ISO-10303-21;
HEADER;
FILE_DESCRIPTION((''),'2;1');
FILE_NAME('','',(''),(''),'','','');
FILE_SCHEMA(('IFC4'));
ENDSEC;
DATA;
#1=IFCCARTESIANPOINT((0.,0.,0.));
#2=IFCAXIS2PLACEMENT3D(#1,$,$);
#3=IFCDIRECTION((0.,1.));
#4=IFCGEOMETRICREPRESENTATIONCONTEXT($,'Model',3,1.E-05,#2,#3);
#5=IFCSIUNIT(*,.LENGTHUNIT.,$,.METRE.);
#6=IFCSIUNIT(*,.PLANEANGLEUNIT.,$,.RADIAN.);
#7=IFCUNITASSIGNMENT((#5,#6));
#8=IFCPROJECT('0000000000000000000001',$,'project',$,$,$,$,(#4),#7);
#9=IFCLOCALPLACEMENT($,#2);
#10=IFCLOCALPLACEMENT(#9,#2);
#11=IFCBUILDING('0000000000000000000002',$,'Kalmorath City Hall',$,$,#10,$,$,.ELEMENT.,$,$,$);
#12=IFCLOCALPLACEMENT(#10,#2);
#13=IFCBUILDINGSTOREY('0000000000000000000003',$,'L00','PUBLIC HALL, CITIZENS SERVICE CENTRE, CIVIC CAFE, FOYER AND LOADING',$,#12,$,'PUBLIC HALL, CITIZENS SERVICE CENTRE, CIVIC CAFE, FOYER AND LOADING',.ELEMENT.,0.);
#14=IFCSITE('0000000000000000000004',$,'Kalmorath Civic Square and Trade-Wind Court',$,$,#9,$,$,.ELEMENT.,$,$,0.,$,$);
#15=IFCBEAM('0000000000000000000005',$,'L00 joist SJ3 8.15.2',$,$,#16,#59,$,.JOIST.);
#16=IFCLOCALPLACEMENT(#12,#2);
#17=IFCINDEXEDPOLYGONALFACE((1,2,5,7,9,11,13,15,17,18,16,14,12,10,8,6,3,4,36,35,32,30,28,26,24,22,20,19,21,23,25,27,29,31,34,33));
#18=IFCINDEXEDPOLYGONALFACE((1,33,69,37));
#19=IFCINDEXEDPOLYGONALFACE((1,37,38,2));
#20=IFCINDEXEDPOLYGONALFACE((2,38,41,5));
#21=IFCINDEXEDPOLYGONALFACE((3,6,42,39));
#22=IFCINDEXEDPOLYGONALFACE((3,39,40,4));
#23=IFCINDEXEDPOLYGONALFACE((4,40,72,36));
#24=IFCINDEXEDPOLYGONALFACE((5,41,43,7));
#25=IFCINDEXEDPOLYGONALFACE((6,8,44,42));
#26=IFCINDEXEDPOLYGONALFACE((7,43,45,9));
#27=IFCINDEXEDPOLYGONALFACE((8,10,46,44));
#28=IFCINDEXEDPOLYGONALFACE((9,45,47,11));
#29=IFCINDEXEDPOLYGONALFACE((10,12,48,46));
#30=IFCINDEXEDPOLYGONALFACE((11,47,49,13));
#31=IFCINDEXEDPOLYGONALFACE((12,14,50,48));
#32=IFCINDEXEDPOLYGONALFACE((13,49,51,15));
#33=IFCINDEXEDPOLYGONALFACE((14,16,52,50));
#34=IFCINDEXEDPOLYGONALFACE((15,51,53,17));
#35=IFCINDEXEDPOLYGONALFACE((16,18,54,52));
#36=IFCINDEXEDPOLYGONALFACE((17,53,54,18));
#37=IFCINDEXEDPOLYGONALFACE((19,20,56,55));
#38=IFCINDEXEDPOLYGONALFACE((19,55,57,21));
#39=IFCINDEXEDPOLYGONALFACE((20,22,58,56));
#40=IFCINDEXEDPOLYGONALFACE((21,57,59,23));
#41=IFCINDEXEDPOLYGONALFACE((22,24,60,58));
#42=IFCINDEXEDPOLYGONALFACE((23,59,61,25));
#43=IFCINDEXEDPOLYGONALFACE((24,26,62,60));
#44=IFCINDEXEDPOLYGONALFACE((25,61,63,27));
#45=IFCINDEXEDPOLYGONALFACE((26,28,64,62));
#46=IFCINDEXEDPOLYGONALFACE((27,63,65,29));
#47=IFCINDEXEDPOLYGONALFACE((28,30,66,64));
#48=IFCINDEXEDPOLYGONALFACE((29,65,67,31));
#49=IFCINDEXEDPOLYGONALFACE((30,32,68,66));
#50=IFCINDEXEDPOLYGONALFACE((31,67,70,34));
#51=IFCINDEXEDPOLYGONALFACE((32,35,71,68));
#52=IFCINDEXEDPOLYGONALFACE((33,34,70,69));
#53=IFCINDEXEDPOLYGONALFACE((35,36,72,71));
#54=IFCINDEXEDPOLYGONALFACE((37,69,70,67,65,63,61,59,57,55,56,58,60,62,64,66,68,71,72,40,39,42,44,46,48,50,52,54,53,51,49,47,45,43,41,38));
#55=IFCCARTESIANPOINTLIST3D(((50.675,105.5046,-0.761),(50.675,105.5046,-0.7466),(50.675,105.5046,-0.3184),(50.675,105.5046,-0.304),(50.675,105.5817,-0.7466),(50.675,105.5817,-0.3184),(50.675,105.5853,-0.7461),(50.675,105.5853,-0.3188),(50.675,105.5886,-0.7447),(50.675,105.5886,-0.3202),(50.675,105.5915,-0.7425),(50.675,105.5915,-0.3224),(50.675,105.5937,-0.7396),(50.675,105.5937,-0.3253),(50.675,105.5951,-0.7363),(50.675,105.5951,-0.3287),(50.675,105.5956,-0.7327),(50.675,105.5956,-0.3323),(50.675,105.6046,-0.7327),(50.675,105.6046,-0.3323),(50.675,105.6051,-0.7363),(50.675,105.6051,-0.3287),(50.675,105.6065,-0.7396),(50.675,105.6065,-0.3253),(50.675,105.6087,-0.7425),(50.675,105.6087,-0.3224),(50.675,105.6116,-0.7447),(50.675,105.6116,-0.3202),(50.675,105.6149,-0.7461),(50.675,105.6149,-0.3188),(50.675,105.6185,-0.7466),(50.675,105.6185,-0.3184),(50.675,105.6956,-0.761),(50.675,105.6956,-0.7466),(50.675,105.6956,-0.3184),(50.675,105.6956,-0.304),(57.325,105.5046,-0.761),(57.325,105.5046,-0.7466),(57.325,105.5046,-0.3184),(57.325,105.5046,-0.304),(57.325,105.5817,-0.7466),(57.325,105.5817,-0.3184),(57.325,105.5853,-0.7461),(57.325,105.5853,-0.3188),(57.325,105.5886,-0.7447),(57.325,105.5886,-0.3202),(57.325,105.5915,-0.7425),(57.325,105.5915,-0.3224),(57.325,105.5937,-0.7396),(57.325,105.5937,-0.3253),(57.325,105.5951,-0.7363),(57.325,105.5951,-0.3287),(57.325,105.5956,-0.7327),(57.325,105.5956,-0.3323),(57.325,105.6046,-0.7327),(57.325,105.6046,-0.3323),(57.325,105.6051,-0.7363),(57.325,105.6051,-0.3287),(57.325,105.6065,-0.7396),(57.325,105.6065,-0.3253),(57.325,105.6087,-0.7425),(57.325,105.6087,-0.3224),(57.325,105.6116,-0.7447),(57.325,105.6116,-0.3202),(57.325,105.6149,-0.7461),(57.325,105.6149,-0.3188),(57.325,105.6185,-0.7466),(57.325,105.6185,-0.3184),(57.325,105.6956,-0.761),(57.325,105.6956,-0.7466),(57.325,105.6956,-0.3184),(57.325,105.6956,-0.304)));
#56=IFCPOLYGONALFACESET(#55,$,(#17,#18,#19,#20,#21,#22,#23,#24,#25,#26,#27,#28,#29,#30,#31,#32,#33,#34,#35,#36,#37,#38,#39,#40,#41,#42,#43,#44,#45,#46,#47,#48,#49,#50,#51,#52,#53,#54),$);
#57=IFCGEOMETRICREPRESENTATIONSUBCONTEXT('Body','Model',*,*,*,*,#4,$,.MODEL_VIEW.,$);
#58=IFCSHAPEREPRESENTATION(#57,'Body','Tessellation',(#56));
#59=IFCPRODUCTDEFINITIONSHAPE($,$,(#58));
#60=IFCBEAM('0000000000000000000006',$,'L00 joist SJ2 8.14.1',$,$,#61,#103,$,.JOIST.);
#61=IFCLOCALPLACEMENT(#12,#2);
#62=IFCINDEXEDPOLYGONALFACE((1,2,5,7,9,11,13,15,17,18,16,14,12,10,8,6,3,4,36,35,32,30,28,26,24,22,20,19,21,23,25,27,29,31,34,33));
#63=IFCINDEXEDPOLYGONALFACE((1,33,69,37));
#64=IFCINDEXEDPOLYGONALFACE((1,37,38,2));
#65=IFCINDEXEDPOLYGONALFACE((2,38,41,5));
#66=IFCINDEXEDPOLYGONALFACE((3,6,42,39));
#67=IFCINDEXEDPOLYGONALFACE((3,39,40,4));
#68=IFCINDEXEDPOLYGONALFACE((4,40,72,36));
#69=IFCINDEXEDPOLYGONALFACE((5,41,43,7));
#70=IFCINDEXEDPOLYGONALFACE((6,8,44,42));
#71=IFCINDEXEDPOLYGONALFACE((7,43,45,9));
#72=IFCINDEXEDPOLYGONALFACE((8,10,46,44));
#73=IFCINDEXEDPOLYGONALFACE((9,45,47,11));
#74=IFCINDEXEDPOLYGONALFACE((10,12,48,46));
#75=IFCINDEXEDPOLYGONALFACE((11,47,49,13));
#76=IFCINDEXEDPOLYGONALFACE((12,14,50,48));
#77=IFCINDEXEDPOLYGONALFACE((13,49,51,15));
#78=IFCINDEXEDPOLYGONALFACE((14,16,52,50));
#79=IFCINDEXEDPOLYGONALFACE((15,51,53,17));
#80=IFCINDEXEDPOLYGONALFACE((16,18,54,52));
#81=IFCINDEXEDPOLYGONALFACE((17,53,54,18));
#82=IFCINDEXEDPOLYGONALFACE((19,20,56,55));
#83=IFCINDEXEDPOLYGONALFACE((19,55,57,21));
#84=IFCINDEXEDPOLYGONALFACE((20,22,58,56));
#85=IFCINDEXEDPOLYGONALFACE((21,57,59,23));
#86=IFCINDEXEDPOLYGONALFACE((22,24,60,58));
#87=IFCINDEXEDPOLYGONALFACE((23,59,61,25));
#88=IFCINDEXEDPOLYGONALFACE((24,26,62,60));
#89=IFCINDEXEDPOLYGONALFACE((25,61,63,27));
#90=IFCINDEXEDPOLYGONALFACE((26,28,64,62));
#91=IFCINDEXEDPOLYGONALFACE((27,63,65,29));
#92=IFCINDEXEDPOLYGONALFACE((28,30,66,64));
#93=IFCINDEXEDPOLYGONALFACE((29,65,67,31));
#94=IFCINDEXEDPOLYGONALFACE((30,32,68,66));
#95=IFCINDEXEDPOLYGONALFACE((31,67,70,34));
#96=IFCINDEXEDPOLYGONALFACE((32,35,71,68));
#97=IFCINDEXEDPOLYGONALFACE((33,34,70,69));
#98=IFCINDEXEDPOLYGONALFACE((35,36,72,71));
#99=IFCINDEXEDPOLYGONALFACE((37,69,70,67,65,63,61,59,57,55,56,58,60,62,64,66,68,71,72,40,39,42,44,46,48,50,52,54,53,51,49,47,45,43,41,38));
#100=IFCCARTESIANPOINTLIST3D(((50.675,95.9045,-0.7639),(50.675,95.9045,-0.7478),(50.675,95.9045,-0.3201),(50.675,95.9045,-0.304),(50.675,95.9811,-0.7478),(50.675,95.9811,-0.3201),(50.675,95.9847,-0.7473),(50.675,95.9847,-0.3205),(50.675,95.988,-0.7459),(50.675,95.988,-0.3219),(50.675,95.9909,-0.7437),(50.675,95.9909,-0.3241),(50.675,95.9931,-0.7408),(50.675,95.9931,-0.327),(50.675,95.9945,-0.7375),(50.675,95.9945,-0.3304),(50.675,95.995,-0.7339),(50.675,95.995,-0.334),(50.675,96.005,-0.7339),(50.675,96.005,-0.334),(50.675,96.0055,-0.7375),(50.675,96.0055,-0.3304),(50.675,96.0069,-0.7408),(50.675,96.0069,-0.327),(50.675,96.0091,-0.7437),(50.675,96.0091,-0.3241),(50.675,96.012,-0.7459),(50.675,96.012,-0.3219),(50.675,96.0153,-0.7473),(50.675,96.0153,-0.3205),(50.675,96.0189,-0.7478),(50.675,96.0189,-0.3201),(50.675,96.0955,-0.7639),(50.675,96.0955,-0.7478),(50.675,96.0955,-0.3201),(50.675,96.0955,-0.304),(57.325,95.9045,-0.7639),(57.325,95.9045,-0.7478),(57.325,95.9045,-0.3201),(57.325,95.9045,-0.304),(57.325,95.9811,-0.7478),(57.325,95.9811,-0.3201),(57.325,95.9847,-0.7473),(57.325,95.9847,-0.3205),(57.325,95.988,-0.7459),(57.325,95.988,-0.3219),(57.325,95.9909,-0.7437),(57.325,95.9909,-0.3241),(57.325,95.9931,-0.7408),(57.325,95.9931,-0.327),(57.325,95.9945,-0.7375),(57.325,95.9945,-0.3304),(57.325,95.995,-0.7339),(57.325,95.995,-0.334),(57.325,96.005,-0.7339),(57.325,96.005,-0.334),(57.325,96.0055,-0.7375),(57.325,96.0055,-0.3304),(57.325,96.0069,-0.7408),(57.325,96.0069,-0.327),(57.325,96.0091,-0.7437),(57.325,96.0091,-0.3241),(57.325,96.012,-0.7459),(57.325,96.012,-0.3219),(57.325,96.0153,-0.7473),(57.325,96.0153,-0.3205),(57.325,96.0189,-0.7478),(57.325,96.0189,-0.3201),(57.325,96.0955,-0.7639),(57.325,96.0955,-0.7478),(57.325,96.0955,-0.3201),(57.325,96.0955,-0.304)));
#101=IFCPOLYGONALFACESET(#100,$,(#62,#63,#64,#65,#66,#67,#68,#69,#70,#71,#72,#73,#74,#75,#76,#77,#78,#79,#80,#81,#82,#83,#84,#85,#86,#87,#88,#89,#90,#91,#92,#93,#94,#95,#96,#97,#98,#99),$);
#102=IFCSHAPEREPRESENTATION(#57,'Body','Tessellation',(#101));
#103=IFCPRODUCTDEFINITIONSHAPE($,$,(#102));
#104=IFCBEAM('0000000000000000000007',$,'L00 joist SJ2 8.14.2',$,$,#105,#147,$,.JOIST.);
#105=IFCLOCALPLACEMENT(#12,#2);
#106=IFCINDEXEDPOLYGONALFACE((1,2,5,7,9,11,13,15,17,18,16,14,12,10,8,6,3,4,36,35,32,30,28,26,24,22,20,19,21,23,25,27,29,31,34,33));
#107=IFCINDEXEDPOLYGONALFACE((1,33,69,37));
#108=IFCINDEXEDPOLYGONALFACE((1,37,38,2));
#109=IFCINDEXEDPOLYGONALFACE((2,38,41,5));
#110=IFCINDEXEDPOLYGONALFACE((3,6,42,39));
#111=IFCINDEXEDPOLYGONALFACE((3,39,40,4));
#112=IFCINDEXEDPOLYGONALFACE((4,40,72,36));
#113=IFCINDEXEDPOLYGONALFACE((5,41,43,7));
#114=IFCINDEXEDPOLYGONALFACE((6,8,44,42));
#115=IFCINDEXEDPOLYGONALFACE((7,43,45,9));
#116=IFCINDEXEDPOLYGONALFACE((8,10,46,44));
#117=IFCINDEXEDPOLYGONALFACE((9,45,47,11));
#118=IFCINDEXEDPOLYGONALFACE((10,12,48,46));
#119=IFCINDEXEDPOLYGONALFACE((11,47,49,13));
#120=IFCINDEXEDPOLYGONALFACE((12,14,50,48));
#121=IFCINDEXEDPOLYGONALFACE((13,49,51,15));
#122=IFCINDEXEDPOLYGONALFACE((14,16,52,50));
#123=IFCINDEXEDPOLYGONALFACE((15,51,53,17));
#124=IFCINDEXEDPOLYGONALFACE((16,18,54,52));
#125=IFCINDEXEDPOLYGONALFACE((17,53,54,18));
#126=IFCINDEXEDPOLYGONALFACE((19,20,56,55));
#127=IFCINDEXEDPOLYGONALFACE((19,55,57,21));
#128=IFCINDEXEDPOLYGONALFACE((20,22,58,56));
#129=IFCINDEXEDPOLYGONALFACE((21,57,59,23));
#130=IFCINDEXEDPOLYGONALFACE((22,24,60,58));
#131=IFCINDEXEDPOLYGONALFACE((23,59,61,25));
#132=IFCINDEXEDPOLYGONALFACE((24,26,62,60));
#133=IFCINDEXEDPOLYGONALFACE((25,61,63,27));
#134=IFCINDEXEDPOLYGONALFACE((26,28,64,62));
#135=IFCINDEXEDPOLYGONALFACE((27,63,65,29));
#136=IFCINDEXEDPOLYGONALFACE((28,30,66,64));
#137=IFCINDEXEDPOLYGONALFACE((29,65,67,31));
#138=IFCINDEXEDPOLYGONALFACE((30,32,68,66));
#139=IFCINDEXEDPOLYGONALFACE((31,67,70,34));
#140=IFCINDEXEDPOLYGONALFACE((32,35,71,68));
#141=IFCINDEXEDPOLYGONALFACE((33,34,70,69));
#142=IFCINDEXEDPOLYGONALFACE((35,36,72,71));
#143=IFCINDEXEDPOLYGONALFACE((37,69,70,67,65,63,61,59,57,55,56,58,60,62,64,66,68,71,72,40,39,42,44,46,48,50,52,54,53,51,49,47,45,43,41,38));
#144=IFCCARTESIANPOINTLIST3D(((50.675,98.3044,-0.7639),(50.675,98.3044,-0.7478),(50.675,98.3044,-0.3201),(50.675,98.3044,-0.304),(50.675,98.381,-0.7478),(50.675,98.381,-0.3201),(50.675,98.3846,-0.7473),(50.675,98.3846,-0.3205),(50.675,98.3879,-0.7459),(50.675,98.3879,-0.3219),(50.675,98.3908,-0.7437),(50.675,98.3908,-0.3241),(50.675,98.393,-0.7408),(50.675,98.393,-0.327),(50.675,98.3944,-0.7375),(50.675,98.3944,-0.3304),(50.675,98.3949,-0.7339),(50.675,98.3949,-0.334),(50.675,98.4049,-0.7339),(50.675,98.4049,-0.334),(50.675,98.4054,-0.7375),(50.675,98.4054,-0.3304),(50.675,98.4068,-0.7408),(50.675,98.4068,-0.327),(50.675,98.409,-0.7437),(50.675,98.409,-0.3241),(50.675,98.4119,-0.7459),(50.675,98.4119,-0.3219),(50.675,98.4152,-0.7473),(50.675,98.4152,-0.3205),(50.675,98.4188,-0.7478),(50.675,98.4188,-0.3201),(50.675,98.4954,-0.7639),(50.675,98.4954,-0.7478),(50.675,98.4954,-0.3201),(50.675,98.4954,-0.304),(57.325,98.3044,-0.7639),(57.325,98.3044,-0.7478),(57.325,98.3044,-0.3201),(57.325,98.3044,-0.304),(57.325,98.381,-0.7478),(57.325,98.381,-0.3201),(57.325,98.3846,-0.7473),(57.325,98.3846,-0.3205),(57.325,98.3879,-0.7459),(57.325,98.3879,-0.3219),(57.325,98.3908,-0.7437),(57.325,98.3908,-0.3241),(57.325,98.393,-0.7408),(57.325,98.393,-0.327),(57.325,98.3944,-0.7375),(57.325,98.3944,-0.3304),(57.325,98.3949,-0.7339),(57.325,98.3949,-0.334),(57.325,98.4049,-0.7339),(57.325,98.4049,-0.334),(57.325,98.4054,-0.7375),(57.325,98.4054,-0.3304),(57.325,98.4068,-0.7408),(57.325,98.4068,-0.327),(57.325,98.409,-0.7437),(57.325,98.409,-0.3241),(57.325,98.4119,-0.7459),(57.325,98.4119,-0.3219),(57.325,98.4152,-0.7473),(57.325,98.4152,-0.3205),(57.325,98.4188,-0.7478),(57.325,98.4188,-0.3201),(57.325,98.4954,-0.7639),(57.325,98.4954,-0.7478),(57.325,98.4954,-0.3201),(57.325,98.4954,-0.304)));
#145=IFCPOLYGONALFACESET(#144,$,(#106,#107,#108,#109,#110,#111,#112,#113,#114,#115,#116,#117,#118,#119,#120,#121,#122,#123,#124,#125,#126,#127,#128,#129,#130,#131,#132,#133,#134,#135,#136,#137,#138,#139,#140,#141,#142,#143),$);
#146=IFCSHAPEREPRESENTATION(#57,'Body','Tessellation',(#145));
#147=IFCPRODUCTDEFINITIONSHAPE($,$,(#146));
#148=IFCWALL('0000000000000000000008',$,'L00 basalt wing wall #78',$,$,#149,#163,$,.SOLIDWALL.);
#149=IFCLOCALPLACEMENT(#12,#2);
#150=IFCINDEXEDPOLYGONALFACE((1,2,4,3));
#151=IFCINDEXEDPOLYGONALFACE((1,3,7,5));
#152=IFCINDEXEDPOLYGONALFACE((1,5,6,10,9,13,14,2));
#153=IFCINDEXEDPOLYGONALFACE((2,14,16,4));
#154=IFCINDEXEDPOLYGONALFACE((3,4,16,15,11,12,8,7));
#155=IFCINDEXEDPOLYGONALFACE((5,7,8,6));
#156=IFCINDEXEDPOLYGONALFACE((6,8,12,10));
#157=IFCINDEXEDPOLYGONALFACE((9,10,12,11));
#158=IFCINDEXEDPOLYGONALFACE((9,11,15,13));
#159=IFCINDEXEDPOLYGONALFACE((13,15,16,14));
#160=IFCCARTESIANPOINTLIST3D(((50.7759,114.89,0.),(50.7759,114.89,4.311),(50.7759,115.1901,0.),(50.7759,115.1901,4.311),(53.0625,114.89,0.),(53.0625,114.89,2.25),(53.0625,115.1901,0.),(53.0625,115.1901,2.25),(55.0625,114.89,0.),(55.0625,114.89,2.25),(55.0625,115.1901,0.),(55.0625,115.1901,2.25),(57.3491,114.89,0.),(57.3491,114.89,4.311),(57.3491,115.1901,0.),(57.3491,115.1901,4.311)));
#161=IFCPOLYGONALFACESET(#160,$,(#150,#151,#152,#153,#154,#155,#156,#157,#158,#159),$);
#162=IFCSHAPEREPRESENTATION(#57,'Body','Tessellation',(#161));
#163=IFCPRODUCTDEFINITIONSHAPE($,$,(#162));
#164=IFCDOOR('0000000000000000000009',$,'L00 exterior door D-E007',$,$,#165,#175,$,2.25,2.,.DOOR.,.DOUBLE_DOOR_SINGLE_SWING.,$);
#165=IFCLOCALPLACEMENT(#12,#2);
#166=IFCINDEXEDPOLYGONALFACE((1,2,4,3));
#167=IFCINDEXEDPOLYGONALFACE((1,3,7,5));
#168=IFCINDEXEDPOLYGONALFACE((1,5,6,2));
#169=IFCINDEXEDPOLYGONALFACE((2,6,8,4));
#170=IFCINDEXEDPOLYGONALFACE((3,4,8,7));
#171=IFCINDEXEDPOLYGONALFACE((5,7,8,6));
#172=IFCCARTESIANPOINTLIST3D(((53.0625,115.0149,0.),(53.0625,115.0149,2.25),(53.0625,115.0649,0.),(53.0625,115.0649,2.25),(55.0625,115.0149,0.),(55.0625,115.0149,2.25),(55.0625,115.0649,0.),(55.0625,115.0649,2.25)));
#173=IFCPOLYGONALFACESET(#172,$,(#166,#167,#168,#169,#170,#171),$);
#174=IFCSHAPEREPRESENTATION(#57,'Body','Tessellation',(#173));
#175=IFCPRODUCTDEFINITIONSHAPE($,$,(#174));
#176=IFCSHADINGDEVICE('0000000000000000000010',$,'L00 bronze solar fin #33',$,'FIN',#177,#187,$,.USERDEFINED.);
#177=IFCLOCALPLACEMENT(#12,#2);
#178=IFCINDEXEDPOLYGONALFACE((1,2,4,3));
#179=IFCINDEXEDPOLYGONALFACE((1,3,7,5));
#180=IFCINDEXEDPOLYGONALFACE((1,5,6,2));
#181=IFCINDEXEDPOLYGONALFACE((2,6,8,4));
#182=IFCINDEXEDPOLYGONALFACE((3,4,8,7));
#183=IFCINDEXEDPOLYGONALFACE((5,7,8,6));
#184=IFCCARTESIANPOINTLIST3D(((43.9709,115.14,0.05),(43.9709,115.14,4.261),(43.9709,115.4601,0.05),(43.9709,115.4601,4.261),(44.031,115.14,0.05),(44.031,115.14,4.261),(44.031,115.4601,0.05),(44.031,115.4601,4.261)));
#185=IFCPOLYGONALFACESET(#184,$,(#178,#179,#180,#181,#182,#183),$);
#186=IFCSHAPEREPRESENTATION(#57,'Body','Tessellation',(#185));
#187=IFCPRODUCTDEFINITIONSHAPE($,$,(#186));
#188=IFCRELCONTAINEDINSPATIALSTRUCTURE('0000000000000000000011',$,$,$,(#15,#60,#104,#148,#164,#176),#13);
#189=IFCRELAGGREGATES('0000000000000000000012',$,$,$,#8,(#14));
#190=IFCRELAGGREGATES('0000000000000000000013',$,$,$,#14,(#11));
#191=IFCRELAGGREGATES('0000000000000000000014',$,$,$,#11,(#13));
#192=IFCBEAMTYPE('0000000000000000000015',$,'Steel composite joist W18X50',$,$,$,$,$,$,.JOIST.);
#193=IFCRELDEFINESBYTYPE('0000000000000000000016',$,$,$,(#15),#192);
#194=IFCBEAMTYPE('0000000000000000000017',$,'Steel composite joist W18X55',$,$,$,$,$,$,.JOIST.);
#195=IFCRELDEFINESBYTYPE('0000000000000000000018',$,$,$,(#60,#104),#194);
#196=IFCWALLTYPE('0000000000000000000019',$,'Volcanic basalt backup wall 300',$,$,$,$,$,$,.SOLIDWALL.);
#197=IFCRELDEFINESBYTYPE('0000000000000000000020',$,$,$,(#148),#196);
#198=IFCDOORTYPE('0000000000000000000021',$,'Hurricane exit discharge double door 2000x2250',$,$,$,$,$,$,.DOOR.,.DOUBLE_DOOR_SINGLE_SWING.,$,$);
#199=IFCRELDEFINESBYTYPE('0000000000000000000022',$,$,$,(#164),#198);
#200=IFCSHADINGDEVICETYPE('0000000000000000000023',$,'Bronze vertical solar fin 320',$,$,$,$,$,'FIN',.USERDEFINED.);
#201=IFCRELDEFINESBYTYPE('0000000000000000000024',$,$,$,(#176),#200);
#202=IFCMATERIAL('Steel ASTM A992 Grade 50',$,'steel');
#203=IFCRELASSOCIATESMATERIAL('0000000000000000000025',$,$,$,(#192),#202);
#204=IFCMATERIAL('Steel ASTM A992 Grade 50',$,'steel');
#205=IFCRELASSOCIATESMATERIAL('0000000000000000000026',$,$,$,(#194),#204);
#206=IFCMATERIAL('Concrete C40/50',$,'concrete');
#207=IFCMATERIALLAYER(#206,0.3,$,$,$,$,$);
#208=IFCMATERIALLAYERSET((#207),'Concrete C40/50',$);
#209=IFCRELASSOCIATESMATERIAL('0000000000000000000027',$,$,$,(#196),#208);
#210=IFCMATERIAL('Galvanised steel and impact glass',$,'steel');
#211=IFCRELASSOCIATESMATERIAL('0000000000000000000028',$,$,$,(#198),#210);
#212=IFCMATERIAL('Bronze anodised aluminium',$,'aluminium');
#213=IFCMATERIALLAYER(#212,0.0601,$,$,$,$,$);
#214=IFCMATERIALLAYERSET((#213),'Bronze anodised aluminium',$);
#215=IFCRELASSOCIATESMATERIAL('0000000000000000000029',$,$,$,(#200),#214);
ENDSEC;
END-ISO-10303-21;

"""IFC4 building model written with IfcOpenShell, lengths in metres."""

from ifc_helpers import new_model, si_unit, direction, frame, frame_2d, origin, origin_2d, place, context, subcontext, project, spatial, rectangle, i_section, extrude, material, layer, layer_set, material_profile, profile_set, type_object, element, fill, save


model = new_model("IFC4")

# Units and contexts
model_context = context("Model", 3, precision=1e-05, world=origin(), true_north=direction((0.0, 1.0)))
body_context = subcontext(model_context, "Body", "Model", "MODEL_VIEW")
ifc_project = project(units=[si_unit("LENGTHUNIT", "METRE"), si_unit("PLANEANGLEUNIT", "RADIAN")], contexts=[model_context])

# Site, building, storey
site_placement = place(None, origin())
site = spatial("IfcSite", under=ifc_project, at=site_placement, Name="Kalmorath Civic Square and Trade-Wind Court", CompositionType="ELEMENT", RefElevation=0.0)
building_placement = place(site_placement, origin())
building = spatial("IfcBuilding", under=site, at=building_placement, Name="Kalmorath City Hall", CompositionType="ELEMENT")
storey_placement = place(building_placement, origin())
storey = spatial("IfcBuildingStorey", under=building, at=storey_placement, Name="L00", Description="PUBLIC HALL, CITIZENS SERVICE CENTRE, CIVIC CAFE, FOYER AND LOADING", LongName="PUBLIC HALL, CITIZENS SERVICE CENTRE, CIVIC CAFE, FOYER AND LOADING", CompositionType="ELEMENT", Elevation=0.0)

# Beams
ifc_material_1 = material(Name="Steel ASTM A992 Grade 50", Category="steel")
ifc_material_profile_1 = material_profile(ifc_material_1, i_section(OverallWidth=0.1909, OverallDepth=0.457, WebThickness=0.009, FlangeThickness=0.0144, FilletRadius=0.0139, at=origin_2d()), Name="W18X50")
ifc_profile_set_1 = profile_set([ifc_material_profile_1], Name="Steel ASTM A992 Grade 50")
beam_type_1 = type_object("IfcBeamType", Name="Steel composite joist W18X50", PredefinedType="JOIST", material=ifc_profile_set_1)
for number, where, z_axis, x_axis, name in (
    (1, (50.675, 105.6001, -0.5325), (1.0, 0.0, 0.0), (0.0, 1.0, 0.0), "L00 joist SJ3 8.15.2"),
):
    element("IfcBeam", number, at=place(storey_placement, frame(where, z_axis=z_axis, x_axis=x_axis)), inside=storey, type_object=beam_type_1, Name=name, PredefinedType="JOIST", context=body_context, shape_type="SweptSolid", body=[
        extrude(i_section(OverallWidth=0.1909, OverallDepth=0.457, WebThickness=0.009, FlangeThickness=0.0144, FilletRadius=0.0139, at=origin_2d()), origin(), (0.0, 0.0, 1.0), 6.6499),
    ])
ifc_material_2 = material(Name="Steel ASTM A992 Grade 50", Category="steel")
ifc_material_profile_2 = material_profile(ifc_material_2, i_section(OverallWidth=0.1909, OverallDepth=0.46, WebThickness=0.01, FlangeThickness=0.0161, FilletRadius=0.0139, at=origin_2d()), Name="W18X55")
ifc_profile_set_2 = profile_set([ifc_material_profile_2], Name="Steel ASTM A992 Grade 50")
beam_type_2 = type_object("IfcBeamType", Name="Steel composite joist W18X55", PredefinedType="JOIST", material=ifc_profile_set_2)
for number, where, z_axis, x_axis, name in (
    (2, (50.675, 96.0, -0.5339), (1.0, 0.0, 0.0), (0.0, 1.0, 0.0), "L00 joist SJ2 8.14.1"),
    (3, (50.675, 98.3999, -0.5339), (1.0, 0.0, 0.0), (0.0, 1.0, 0.0), "L00 joist SJ2 8.14.2"),
):
    element("IfcBeam", number, at=place(storey_placement, frame(where, z_axis=z_axis, x_axis=x_axis)), inside=storey, type_object=beam_type_2, Name=name, PredefinedType="JOIST", context=body_context, shape_type="SweptSolid", body=[
        extrude(i_section(OverallWidth=0.1909, OverallDepth=0.46, WebThickness=0.01, FlangeThickness=0.0161, FilletRadius=0.0139, at=origin_2d()), origin(), (0.0, 0.0, 1.0), 6.6499),
    ])

# Wall, opening, door
ifc_material_3 = material(Name="Concrete C40/50", Category="concrete")
ifc_layer_1 = layer(ifc_material_3, 0.3)
ifc_layer_set_1 = layer_set([ifc_layer_1], Name="Concrete C40/50")
wall_type = type_object("IfcWallType", Name="Volcanic basalt backup wall 300", PredefinedType="SOLIDWALL", material=ifc_layer_set_1)
wall_placement = place(storey_placement, frame((50.7759, 115.04, 0.0), z_axis=(0.0, 0.0, 1.0), x_axis=(1.0, 0.0, 0.0)))
wall = element("IfcWall", 4, at=wall_placement, inside=storey, type_object=wall_type, Name="L00 basalt wing wall #78", PredefinedType="SOLIDWALL", context=body_context, shape_type="SweptSolid", body=[
    extrude(rectangle(XDim=6.5732, YDim=0.3, at=frame_2d((3.2866, 0.0))), origin(), (0.0, 0.0, 1.0), 4.311),
])
opening_placement = place(wall_placement, frame((2.2866, 0.0, 0.0)))
opening = element("IfcOpeningElement", 5, at=opening_placement, cuts=wall, PredefinedType="OPENING", context=body_context, shape_type="SweptSolid", body=[
    extrude(rectangle(XDim=2.0, YDim=2.25, at=frame_2d((1.0, 1.125))), frame((0.0, 0.1599, 0.0), z_axis=(0.0, -1.0, 0.0), x_axis=(1.0, 0.0, 0.0)), (0.0, 0.0, 1.0), 0.3201),
])
ifc_material_4 = material(Name="Galvanised steel and impact glass", Category="steel")
door_type = type_object("IfcDoorType", Name="Hurricane exit discharge double door 2000x2250", OperationType="DOUBLE_DOOR_SINGLE_SWING", PredefinedType="DOOR", material=ifc_material_4)
door_placement = place(opening_placement, origin())
door = element("IfcDoor", 6, at=door_placement, inside=storey, type_object=door_type, Name="L00 exterior door D-E007", OperationType="DOUBLE_DOOR_SINGLE_SWING", OverallHeight=2.25, OverallWidth=2.0, PredefinedType="DOOR", context=body_context, shape_type="SweptSolid", body=[
    extrude(rectangle(XDim=2.0, YDim=2.25, at=frame_2d((1.0, 1.125))), frame((0.0, 0.0249, 0.0), z_axis=(0.0, -1.0, 0.0), x_axis=(1.0, 0.0, 0.0)), (0.0, 0.0, 1.0), 0.05),
])
fill(opening, door)

# Shading device
ifc_material_5 = material(Name="Bronze anodised aluminium", Category="aluminium")
ifc_layer_2 = layer(ifc_material_5, 0.0601)
ifc_layer_set_2 = layer_set([ifc_layer_2], Name="Bronze anodised aluminium")
shading_device_type = type_object("IfcShadingDeviceType", Name="Bronze vertical solar fin 320", ElementType="FIN", PredefinedType="USERDEFINED", material=ifc_layer_set_2)
shading_device_placement = place(storey_placement, frame((44.001, 115.3, 0.05), z_axis=(0.0, 0.0, 1.0), x_axis=(1.0, 0.0, 0.0)))
element("IfcShadingDevice", 7, at=shading_device_placement, inside=storey, type_object=shading_device_type, Name="L00 bronze solar fin #33", ObjectType="FIN", PredefinedType="USERDEFINED", context=body_context, shape_type="SweptSolid", body=[
    extrude(rectangle(XDim=0.0601, YDim=0.3201, at=origin_2d()), origin(), (0.0, 0.0, 1.0), 4.2109),
])

save(model, "model.ifc")
